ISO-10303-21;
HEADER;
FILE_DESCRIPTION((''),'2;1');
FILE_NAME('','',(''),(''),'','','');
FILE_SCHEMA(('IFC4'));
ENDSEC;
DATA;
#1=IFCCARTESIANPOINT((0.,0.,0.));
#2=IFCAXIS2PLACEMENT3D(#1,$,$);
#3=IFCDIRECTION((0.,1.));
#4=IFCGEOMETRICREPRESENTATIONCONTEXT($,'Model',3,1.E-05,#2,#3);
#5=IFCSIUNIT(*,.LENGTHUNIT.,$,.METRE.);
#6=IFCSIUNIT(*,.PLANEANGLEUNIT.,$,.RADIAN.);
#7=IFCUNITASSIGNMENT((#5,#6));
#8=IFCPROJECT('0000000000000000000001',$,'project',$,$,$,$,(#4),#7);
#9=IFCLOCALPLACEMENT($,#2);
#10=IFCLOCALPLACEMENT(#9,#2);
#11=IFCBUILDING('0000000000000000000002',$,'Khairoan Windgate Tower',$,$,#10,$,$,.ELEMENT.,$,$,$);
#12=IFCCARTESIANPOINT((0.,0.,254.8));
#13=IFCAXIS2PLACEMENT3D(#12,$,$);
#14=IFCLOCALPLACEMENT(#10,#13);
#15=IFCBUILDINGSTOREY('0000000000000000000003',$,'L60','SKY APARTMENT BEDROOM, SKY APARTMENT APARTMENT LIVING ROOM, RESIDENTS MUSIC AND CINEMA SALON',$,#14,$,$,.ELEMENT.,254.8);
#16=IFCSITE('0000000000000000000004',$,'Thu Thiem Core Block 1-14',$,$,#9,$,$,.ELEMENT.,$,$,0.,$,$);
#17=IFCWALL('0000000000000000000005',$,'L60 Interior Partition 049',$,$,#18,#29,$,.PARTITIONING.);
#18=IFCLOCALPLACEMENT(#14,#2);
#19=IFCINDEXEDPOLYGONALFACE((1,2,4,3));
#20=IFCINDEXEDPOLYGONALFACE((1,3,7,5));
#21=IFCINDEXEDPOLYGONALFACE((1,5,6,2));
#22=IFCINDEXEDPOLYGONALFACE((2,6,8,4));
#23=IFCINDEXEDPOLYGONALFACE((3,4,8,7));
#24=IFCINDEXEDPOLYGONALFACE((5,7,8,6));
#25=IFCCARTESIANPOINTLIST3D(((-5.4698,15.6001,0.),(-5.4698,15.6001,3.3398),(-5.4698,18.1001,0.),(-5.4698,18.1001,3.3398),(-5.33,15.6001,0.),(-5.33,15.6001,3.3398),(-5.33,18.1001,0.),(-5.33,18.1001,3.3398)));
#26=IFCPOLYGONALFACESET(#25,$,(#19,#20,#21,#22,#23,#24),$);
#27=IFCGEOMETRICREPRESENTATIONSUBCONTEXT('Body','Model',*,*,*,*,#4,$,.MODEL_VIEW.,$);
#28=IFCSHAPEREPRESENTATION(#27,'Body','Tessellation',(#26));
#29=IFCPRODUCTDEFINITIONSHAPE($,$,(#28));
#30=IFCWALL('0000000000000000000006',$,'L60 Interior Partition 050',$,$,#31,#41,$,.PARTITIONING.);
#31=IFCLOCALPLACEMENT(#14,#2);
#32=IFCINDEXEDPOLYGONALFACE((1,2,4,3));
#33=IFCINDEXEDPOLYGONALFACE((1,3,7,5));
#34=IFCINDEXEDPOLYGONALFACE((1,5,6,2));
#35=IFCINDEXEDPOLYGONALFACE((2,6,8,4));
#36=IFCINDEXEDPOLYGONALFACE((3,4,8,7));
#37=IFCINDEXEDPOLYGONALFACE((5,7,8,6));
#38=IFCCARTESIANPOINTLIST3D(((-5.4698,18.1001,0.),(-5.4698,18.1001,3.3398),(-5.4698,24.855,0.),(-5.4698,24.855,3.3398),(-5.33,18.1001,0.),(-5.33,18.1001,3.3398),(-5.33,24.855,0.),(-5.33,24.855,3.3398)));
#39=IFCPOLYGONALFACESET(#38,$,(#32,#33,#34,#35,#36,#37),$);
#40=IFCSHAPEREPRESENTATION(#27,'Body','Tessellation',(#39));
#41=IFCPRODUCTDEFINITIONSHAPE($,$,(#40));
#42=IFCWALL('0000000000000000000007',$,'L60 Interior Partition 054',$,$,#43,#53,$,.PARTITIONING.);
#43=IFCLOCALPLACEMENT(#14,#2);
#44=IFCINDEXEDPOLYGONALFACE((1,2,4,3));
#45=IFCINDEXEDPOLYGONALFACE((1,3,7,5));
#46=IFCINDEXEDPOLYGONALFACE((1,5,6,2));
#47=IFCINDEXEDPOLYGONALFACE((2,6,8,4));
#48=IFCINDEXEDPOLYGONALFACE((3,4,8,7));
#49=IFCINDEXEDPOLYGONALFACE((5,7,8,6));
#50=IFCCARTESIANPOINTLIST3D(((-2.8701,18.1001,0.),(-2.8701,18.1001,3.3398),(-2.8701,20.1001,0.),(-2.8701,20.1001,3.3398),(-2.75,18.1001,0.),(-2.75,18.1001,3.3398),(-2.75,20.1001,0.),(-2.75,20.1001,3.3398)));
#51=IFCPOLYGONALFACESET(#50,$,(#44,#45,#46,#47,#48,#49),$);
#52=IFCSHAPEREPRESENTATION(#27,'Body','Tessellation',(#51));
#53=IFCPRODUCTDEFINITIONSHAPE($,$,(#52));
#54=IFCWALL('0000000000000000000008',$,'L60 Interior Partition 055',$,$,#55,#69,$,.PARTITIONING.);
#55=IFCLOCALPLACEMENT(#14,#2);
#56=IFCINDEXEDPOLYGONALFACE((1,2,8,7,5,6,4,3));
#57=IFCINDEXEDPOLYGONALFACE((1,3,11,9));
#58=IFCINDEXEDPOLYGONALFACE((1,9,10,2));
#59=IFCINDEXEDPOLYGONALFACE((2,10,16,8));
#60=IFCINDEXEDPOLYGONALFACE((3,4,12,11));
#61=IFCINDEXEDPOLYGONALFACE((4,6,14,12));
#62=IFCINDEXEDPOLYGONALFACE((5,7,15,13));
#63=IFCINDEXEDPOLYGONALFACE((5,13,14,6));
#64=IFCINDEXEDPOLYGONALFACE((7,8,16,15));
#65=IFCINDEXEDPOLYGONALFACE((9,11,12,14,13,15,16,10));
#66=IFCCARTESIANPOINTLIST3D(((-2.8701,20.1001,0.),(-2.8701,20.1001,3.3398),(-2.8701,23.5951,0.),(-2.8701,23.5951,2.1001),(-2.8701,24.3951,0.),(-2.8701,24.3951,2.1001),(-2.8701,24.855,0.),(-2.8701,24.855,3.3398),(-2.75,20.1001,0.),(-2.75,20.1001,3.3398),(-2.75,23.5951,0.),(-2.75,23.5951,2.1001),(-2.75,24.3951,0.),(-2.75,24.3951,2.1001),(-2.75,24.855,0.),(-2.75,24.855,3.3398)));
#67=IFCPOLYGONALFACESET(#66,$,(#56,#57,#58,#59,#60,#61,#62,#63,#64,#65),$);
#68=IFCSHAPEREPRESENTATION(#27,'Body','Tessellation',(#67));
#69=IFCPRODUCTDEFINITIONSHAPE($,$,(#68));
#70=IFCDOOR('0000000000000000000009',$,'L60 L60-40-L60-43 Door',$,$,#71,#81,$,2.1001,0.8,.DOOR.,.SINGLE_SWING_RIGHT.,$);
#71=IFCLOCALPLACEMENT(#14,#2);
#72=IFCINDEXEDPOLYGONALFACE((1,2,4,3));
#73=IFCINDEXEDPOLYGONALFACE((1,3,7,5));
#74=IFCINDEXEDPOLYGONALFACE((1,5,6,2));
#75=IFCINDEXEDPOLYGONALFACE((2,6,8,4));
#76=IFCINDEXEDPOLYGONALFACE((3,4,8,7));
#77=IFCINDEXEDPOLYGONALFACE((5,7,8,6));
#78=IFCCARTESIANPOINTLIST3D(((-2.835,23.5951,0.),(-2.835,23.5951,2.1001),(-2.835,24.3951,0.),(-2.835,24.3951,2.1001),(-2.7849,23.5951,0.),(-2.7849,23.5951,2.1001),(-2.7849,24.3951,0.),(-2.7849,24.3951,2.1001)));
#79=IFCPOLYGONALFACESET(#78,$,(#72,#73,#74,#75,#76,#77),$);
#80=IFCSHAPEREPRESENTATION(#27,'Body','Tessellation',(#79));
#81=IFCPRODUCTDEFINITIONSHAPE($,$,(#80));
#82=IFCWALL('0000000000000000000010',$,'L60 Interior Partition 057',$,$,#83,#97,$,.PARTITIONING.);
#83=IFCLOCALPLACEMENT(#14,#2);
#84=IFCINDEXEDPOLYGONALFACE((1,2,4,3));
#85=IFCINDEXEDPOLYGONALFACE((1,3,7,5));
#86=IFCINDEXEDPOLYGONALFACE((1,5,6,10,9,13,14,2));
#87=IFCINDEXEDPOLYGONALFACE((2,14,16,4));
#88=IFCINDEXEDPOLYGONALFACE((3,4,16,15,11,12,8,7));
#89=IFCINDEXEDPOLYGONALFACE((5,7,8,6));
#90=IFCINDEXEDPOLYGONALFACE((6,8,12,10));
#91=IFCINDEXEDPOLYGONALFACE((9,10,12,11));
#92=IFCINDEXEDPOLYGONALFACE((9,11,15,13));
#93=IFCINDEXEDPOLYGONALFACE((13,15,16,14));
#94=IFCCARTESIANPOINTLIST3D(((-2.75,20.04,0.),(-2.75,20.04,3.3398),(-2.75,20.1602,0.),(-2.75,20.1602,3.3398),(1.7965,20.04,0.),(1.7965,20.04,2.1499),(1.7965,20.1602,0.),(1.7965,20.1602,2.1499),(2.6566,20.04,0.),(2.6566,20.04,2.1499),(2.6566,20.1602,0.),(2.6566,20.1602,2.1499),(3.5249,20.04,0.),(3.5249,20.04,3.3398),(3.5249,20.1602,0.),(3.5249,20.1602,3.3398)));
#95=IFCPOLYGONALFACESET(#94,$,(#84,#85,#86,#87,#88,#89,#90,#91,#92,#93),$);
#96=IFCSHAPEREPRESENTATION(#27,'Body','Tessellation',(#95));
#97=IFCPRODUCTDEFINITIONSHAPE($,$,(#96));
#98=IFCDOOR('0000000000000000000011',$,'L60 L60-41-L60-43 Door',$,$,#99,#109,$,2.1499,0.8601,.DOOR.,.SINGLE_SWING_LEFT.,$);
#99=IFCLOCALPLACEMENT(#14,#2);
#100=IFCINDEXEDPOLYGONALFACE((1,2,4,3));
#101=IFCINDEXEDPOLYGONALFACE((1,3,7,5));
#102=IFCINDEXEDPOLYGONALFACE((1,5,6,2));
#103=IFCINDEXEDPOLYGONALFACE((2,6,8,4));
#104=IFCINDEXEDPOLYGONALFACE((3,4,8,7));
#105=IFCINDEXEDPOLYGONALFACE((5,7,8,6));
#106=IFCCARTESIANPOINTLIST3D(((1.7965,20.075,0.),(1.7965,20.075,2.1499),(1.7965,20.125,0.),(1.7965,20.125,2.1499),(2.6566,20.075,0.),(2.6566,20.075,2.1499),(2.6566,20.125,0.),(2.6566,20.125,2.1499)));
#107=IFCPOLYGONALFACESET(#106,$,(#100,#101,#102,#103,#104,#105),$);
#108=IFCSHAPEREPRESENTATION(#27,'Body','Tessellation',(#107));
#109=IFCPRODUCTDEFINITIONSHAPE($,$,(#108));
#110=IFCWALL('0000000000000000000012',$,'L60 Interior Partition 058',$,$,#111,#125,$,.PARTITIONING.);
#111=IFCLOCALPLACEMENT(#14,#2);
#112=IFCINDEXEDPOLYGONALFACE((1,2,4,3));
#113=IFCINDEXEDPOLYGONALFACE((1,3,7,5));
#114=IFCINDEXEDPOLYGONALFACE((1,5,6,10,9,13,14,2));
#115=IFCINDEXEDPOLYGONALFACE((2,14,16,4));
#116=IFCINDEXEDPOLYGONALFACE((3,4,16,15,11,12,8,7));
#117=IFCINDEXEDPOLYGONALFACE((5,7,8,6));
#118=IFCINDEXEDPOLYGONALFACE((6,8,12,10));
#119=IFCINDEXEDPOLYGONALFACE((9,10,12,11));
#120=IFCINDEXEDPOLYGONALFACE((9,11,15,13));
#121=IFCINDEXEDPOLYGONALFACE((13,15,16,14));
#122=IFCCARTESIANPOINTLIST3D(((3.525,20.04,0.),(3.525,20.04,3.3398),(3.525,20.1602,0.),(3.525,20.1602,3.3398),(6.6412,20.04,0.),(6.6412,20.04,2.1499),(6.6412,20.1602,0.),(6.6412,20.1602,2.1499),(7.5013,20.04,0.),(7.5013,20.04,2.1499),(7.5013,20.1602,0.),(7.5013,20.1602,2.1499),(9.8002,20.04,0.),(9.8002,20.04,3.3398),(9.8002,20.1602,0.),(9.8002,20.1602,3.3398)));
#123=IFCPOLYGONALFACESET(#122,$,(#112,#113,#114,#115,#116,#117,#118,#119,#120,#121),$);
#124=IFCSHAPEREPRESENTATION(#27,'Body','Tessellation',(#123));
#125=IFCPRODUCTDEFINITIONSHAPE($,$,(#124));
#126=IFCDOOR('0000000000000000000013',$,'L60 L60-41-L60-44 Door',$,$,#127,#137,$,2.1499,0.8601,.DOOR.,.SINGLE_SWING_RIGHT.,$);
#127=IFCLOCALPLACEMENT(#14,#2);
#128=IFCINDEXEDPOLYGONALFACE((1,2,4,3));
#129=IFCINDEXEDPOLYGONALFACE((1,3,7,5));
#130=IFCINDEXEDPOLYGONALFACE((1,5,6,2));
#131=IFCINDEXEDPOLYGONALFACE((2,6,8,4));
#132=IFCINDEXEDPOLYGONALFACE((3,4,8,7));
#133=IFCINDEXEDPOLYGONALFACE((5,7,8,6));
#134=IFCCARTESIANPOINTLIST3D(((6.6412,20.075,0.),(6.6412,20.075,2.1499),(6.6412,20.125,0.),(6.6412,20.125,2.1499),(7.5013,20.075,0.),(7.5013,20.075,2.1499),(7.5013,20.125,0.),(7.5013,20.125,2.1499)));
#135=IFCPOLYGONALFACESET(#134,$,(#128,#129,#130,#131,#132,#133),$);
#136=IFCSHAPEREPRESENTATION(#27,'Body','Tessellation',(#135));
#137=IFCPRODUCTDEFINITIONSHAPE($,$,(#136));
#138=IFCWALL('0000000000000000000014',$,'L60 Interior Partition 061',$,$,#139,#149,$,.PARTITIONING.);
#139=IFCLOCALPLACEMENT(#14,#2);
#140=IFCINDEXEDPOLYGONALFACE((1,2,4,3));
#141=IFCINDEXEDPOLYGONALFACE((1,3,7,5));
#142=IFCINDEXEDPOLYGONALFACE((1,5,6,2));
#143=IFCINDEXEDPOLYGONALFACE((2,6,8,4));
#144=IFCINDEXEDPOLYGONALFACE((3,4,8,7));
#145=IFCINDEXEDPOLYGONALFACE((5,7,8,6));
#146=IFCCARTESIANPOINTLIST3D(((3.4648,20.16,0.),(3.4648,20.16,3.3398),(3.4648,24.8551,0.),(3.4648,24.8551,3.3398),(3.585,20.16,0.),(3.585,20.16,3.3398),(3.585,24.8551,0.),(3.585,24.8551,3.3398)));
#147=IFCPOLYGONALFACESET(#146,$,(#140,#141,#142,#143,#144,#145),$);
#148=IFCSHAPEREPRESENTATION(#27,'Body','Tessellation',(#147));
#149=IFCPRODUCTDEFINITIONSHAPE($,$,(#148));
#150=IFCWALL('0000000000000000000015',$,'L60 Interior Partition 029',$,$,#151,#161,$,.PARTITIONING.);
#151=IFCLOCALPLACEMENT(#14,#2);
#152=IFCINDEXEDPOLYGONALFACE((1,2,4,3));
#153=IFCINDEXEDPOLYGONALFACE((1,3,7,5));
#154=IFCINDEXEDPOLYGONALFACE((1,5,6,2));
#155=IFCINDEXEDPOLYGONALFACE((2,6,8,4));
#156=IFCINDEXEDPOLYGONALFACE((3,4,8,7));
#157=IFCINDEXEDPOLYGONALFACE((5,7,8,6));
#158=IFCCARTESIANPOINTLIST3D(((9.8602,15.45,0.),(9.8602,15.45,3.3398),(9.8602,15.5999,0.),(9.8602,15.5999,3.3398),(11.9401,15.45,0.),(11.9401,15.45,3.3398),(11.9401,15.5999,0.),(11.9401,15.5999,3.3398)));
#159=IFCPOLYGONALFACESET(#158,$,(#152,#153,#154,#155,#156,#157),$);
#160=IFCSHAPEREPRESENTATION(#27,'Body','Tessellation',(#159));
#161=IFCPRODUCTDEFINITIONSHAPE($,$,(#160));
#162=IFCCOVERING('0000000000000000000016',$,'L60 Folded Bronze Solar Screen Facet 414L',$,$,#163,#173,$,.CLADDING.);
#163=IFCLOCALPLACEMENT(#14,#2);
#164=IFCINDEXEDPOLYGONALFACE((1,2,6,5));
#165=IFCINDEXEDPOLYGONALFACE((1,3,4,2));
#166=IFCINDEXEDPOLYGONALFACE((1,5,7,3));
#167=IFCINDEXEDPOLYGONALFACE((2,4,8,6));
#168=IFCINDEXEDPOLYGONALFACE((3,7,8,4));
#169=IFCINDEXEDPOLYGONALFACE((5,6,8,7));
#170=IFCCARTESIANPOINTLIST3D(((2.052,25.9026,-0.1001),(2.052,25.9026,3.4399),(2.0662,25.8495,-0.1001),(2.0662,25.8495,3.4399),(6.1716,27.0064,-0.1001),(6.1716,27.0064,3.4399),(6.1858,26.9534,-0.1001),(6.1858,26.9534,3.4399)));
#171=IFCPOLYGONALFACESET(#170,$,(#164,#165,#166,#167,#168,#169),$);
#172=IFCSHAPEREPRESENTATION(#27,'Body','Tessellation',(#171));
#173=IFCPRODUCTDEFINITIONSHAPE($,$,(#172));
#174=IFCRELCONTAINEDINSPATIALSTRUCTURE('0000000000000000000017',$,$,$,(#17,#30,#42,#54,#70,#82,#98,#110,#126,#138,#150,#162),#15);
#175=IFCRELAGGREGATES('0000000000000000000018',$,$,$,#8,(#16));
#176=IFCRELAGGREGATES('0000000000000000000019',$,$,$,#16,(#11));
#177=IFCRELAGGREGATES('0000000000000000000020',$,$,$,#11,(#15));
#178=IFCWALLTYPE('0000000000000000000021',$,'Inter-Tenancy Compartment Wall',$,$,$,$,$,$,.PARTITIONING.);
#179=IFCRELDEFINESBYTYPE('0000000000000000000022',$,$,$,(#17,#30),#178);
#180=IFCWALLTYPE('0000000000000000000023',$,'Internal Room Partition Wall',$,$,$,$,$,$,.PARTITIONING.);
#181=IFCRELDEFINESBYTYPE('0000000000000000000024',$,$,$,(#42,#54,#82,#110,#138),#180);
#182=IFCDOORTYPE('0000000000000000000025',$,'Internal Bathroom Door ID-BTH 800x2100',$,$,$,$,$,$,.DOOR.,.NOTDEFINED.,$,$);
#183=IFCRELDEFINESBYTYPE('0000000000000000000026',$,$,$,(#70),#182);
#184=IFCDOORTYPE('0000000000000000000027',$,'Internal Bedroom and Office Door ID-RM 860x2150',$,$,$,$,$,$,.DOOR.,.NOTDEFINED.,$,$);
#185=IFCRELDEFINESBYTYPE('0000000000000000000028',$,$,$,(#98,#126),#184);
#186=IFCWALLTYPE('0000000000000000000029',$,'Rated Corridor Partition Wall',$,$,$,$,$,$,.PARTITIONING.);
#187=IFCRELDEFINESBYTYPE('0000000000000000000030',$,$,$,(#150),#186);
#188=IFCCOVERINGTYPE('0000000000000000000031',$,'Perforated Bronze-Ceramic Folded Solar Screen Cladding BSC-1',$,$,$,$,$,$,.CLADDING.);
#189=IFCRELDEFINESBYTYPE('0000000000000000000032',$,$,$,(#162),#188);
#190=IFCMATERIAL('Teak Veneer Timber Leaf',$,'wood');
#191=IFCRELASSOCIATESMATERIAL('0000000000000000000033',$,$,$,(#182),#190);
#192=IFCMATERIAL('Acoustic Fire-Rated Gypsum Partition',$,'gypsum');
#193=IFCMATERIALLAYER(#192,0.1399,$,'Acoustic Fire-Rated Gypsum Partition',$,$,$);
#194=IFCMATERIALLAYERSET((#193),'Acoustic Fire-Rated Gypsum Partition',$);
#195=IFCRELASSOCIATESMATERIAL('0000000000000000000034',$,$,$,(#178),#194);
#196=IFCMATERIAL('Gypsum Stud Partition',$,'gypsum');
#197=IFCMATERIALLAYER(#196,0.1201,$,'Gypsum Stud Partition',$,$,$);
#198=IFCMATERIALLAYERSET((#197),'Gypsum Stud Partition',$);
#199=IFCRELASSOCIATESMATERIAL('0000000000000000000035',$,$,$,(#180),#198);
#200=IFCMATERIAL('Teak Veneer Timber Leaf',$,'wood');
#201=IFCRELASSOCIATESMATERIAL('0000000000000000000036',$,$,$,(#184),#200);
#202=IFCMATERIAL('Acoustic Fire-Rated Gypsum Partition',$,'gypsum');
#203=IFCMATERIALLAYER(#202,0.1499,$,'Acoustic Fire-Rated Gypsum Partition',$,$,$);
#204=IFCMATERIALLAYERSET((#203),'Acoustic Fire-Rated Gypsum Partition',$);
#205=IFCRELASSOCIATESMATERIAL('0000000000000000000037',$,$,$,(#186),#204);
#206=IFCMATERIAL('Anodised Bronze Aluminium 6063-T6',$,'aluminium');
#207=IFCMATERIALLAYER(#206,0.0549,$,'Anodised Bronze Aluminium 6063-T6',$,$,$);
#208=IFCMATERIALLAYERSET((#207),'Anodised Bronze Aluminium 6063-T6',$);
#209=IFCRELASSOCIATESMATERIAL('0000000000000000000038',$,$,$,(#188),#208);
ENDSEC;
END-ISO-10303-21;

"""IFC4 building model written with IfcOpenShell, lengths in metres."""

from ifc_helpers import new_model, si_unit, direction, frame, frame_2d, origin, origin_2d, place, context, subcontext, project, spatial, rectangle, extrude, material, layer, layer_set, type_object, element, fill, save


model = new_model("IFC4")

# Units and contexts
model_context = context("Model", 3, precision=1e-05, world=origin(), true_north=direction((0.0, 1.0)))
body_context = subcontext(model_context, "Body", "Model", "MODEL_VIEW")
ifc_project = project(units=[si_unit("LENGTHUNIT", "METRE"), si_unit("PLANEANGLEUNIT", "RADIAN")], contexts=[model_context])

# Site, building, storey
site_placement = place(None, origin())
site = spatial("IfcSite", under=ifc_project, at=site_placement, Name="Thu Thiem Core Block 1-14", CompositionType="ELEMENT", RefElevation=0.0)
building_placement = place(site_placement, origin())
building = spatial("IfcBuilding", under=site, at=building_placement, Name="Khairoan Windgate Tower", CompositionType="ELEMENT")
storey_placement = place(building_placement, frame((0.0, 0.0, 254.8)))
storey = spatial("IfcBuildingStorey", under=building, at=storey_placement, Name="L60", Description="SKY APARTMENT BEDROOM, SKY APARTMENT APARTMENT LIVING ROOM, RESIDENTS MUSIC AND CINEMA SALON", CompositionType="ELEMENT", Elevation=254.8)

# Shared definitions
ifc_material_1 = material(Name="Teak Veneer Timber Leaf", Category="wood")
door_type_1 = type_object("IfcDoorType", Name="Internal Bathroom Door ID-BTH 800x2100", OperationType="NOTDEFINED", PredefinedType="DOOR", material=ifc_material_1)

# Walls
ifc_material_2 = material(Name="Acoustic Fire-Rated Gypsum Partition", Category="gypsum")
ifc_layer_1 = layer(ifc_material_2, 0.1399, Name="Acoustic Fire-Rated Gypsum Partition")
ifc_layer_set_1 = layer_set([ifc_layer_1], Name="Acoustic Fire-Rated Gypsum Partition")
wall_type_1 = type_object("IfcWallType", Name="Inter-Tenancy Compartment Wall", PredefinedType="PARTITIONING", material=ifc_layer_set_1)
wall_1_placement = place(storey_placement, frame((-5.3999, 15.6001, 0.0), z_axis=(0.0, 0.0, 1.0), x_axis=(0.0, 1.0, 0.0)))
element("IfcWall", 1, at=wall_1_placement, inside=storey, type_object=wall_type_1, Name="L60 Interior Partition 049", PredefinedType="PARTITIONING", context=body_context, shape_type="SweptSolid", body=[
    extrude(rectangle(XDim=2.5, YDim=0.1399, at=frame_2d((1.25, 0.0))), origin(), (0.0, 0.0, 1.0), 3.3398),
])
wall_2_placement = place(storey_placement, frame((-5.3999, 18.1001, 0.0), z_axis=(0.0, 0.0, 1.0), x_axis=(0.0, 1.0, 0.0)))
element("IfcWall", 2, at=wall_2_placement, inside=storey, type_object=wall_type_1, Name="L60 Interior Partition 050", PredefinedType="PARTITIONING", context=body_context, shape_type="SweptSolid", body=[
    extrude(rectangle(XDim=6.7549, YDim=0.1399, at=frame_2d((3.3774, 0.0))), origin(), (0.0, 0.0, 1.0), 3.3398),
])
ifc_material_3 = material(Name="Gypsum Stud Partition", Category="gypsum")
ifc_layer_2 = layer(ifc_material_3, 0.1201, Name="Gypsum Stud Partition")
ifc_layer_set_2 = layer_set([ifc_layer_2], Name="Gypsum Stud Partition")
wall_type_2 = type_object("IfcWallType", Name="Internal Room Partition Wall", PredefinedType="PARTITIONING", material=ifc_layer_set_2)
wall_3_placement = place(storey_placement, frame((-2.8101, 18.1001, 0.0), z_axis=(0.0, 0.0, 1.0), x_axis=(0.0, 1.0, 0.0)))
element("IfcWall", 3, at=wall_3_placement, inside=storey, type_object=wall_type_2, Name="L60 Interior Partition 054", PredefinedType="PARTITIONING", context=body_context, shape_type="SweptSolid", body=[
    extrude(rectangle(XDim=2.0, YDim=0.1201, at=frame_2d((1.0, 0.0))), origin(), (0.0, 0.0, 1.0), 3.3398),
])

# Walls, openings, doors
wall_4_placement = place(storey_placement, frame((-2.8101, 20.1001, 0.0), z_axis=(0.0, 0.0, 1.0), x_axis=(0.0, 1.0, 0.0)))
wall_4 = element("IfcWall", 4, at=wall_4_placement, inside=storey, type_object=wall_type_2, Name="L60 Interior Partition 055", PredefinedType="PARTITIONING", context=body_context, shape_type="SweptSolid", body=[
    extrude(rectangle(XDim=4.7549, YDim=0.1201, at=frame_2d((2.3774, 0.0))), origin(), (0.0, 0.0, 1.0), 3.3398),
])
opening_1_placement = place(wall_4_placement, frame((3.4951, 0.0, 0.0)))
opening_1 = element("IfcOpeningElement", 5, at=opening_1_placement, cuts=wall_4, PredefinedType="OPENING", context=body_context, shape_type="SweptSolid", body=[
    extrude(rectangle(XDim=0.8, YDim=2.1001, at=frame_2d((0.3999, 1.05))), frame((0.0, 0.0701, 0.0), z_axis=(0.0, -1.0, 0.0), x_axis=(1.0, 0.0, 0.0)), (0.0, 0.0, 1.0), 0.1401),
])
door_1_placement = place(opening_1_placement, origin())
door_1 = element("IfcDoor", 6, at=door_1_placement, inside=storey, type_object=door_type_1, Name="L60 L60-40-L60-43 Door", OperationType="SINGLE_SWING_RIGHT", OverallHeight=2.1001, OverallWidth=0.8, PredefinedType="DOOR", context=body_context, shape_type="SweptSolid", body=[
    extrude(rectangle(XDim=0.8, YDim=2.1001, at=frame_2d((0.3999, 1.05))), frame((0.0, 0.0249, 0.0), z_axis=(0.0, -1.0, 0.0), x_axis=(1.0, 0.0, 0.0)), (0.0, 0.0, 1.0), 0.05),
])
fill(opening_1, door_1)
wall_5_placement = place(storey_placement, frame((-2.75, 20.1001, 0.0), z_axis=(0.0, 0.0, 1.0), x_axis=(1.0, 0.0, 0.0)))
wall_5 = element("IfcWall", 7, at=wall_5_placement, inside=storey, type_object=wall_type_2, Name="L60 Interior Partition 057", PredefinedType="PARTITIONING", context=body_context, shape_type="SweptSolid", body=[
    extrude(rectangle(XDim=6.2749, YDim=0.1201, at=frame_2d((3.1375, 0.0))), origin(), (0.0, 0.0, 1.0), 3.3398),
])
opening_2_placement = place(wall_5_placement, frame((4.5464, 0.0, 0.0)))
opening_2 = element("IfcOpeningElement", 8, at=opening_2_placement, cuts=wall_5, PredefinedType="OPENING", context=body_context, shape_type="SweptSolid", body=[
    extrude(rectangle(XDim=0.8601, YDim=2.1499, at=frame_2d((0.4302, 1.075))), frame((0.0, 0.0701, 0.0), z_axis=(0.0, -1.0, 0.0), x_axis=(1.0, 0.0, 0.0)), (0.0, 0.0, 1.0), 0.1401),
])
ifc_material_4 = material(Name="Teak Veneer Timber Leaf", Category="wood")
door_type_2 = type_object("IfcDoorType", Name="Internal Bedroom and Office Door ID-RM 860x2150", OperationType="NOTDEFINED", PredefinedType="DOOR", material=ifc_material_4)
door_2_placement = place(opening_2_placement, origin())
door_2 = element("IfcDoor", 9, at=door_2_placement, inside=storey, type_object=door_type_2, Name="L60 L60-41-L60-43 Door", OperationType="SINGLE_SWING_LEFT", OverallHeight=2.1499, OverallWidth=0.8601, PredefinedType="DOOR", context=body_context, shape_type="SweptSolid", body=[
    extrude(rectangle(XDim=0.8601, YDim=2.1499, at=frame_2d((0.4302, 1.075))), frame((0.0, 0.0249, 0.0), z_axis=(0.0, -1.0, 0.0), x_axis=(1.0, 0.0, 0.0)), (0.0, 0.0, 1.0), 0.05),
])
fill(opening_2, door_2)
wall_6_placement = place(storey_placement, frame((3.5249, 20.1001, 0.0), z_axis=(0.0, 0.0, 1.0), x_axis=(1.0, 0.0, 0.0)))
wall_6 = element("IfcWall", 10, at=wall_6_placement, inside=storey, type_object=wall_type_2, Name="L60 Interior Partition 058", PredefinedType="PARTITIONING", context=body_context, shape_type="SweptSolid", body=[
    extrude(rectangle(XDim=6.2751, YDim=0.1201, at=frame_2d((3.1377, 0.0))), origin(), (0.0, 0.0, 1.0), 3.3398),
])
opening_3_placement = place(wall_6_placement, frame((3.1162, 0.0, 0.0)))
opening_3 = element("IfcOpeningElement", 11, at=opening_3_placement, cuts=wall_6, PredefinedType="OPENING", context=body_context, shape_type="SweptSolid", body=[
    extrude(rectangle(XDim=0.8601, YDim=2.1499, at=frame_2d((0.4302, 1.075))), frame((0.0, 0.0701, 0.0), z_axis=(0.0, -1.0, 0.0), x_axis=(1.0, 0.0, 0.0)), (0.0, 0.0, 1.0), 0.1401),
])
door_3_placement = place(opening_3_placement, origin())
door_3 = element("IfcDoor", 12, at=door_3_placement, inside=storey, type_object=door_type_2, Name="L60 L60-41-L60-44 Door", OperationType="SINGLE_SWING_RIGHT", OverallHeight=2.1499, OverallWidth=0.8601, PredefinedType="DOOR", context=body_context, shape_type="SweptSolid", body=[
    extrude(rectangle(XDim=0.8601, YDim=2.1499, at=frame_2d((0.4302, 1.075))), frame((0.0, 0.0249, 0.0), z_axis=(0.0, -1.0, 0.0), x_axis=(1.0, 0.0, 0.0)), (0.0, 0.0, 1.0), 0.05),
])
fill(opening_3, door_3)

# Walls
wall_7_placement = place(storey_placement, frame((3.5249, 20.1599, 0.0), z_axis=(0.0, 0.0, 1.0), x_axis=(0.0, 1.0, 0.0)))
element("IfcWall", 13, at=wall_7_placement, inside=storey, type_object=wall_type_2, Name="L60 Interior Partition 061", PredefinedType="PARTITIONING", context=body_context, shape_type="SweptSolid", body=[
    extrude(rectangle(XDim=4.6951, YDim=0.1201, at=frame_2d((2.3477, 0.0))), origin(), (0.0, 0.0, 1.0), 3.3398),
])
ifc_material_5 = material(Name="Acoustic Fire-Rated Gypsum Partition", Category="gypsum")
ifc_layer_3 = layer(ifc_material_5, 0.1499, Name="Acoustic Fire-Rated Gypsum Partition")
ifc_layer_set_3 = layer_set([ifc_layer_3], Name="Acoustic Fire-Rated Gypsum Partition")
wall_type_3 = type_object("IfcWallType", Name="Rated Corridor Partition Wall", PredefinedType="PARTITIONING", material=ifc_layer_set_3)
wall_8_placement = place(storey_placement, frame((9.8601, 15.5249, 0.0), z_axis=(0.0, 0.0, 1.0), x_axis=(1.0, 0.0, 0.0)))
element("IfcWall", 14, at=wall_8_placement, inside=storey, type_object=wall_type_3, Name="L60 Interior Partition 029", PredefinedType="PARTITIONING", context=body_context, shape_type="SweptSolid", body=[
    extrude(rectangle(XDim=2.0798, YDim=0.1499, at=frame_2d((1.04, 0.0))), origin(), (0.0, 0.0, 1.0), 3.3398),
])

# Covering
ifc_material_6 = material(Name="Anodised Bronze Aluminium 6063-T6", Category="aluminium")
ifc_layer_4 = layer(ifc_material_6, 0.0549, Name="Anodised Bronze Aluminium 6063-T6")
ifc_layer_set_4 = layer_set([ifc_layer_4], Name="Anodised Bronze Aluminium 6063-T6")
covering_type = type_object("IfcCoveringType", Name="Perforated Bronze-Ceramic Folded Solar Screen Cladding BSC-1", PredefinedType="CLADDING", material=ifc_layer_set_4)
covering_placement = place(storey_placement, frame((4.1189, 26.428, -0.1001), z_axis=(0.0, 0.0, 1.0), x_axis=(0.965926, 0.258819, 0.0)))
element("IfcCovering", 15, at=covering_placement, inside=storey, type_object=covering_type, Name="L60 Folded Bronze Solar Screen Facet 414L", PredefinedType="CLADDING", context=body_context, shape_type="SweptSolid", body=[
    extrude(rectangle(XDim=4.2649, YDim=0.0549, at=origin_2d()), origin(), (0.0, 0.0, 1.0), 3.54),
])

save(model, "model.ifc")
